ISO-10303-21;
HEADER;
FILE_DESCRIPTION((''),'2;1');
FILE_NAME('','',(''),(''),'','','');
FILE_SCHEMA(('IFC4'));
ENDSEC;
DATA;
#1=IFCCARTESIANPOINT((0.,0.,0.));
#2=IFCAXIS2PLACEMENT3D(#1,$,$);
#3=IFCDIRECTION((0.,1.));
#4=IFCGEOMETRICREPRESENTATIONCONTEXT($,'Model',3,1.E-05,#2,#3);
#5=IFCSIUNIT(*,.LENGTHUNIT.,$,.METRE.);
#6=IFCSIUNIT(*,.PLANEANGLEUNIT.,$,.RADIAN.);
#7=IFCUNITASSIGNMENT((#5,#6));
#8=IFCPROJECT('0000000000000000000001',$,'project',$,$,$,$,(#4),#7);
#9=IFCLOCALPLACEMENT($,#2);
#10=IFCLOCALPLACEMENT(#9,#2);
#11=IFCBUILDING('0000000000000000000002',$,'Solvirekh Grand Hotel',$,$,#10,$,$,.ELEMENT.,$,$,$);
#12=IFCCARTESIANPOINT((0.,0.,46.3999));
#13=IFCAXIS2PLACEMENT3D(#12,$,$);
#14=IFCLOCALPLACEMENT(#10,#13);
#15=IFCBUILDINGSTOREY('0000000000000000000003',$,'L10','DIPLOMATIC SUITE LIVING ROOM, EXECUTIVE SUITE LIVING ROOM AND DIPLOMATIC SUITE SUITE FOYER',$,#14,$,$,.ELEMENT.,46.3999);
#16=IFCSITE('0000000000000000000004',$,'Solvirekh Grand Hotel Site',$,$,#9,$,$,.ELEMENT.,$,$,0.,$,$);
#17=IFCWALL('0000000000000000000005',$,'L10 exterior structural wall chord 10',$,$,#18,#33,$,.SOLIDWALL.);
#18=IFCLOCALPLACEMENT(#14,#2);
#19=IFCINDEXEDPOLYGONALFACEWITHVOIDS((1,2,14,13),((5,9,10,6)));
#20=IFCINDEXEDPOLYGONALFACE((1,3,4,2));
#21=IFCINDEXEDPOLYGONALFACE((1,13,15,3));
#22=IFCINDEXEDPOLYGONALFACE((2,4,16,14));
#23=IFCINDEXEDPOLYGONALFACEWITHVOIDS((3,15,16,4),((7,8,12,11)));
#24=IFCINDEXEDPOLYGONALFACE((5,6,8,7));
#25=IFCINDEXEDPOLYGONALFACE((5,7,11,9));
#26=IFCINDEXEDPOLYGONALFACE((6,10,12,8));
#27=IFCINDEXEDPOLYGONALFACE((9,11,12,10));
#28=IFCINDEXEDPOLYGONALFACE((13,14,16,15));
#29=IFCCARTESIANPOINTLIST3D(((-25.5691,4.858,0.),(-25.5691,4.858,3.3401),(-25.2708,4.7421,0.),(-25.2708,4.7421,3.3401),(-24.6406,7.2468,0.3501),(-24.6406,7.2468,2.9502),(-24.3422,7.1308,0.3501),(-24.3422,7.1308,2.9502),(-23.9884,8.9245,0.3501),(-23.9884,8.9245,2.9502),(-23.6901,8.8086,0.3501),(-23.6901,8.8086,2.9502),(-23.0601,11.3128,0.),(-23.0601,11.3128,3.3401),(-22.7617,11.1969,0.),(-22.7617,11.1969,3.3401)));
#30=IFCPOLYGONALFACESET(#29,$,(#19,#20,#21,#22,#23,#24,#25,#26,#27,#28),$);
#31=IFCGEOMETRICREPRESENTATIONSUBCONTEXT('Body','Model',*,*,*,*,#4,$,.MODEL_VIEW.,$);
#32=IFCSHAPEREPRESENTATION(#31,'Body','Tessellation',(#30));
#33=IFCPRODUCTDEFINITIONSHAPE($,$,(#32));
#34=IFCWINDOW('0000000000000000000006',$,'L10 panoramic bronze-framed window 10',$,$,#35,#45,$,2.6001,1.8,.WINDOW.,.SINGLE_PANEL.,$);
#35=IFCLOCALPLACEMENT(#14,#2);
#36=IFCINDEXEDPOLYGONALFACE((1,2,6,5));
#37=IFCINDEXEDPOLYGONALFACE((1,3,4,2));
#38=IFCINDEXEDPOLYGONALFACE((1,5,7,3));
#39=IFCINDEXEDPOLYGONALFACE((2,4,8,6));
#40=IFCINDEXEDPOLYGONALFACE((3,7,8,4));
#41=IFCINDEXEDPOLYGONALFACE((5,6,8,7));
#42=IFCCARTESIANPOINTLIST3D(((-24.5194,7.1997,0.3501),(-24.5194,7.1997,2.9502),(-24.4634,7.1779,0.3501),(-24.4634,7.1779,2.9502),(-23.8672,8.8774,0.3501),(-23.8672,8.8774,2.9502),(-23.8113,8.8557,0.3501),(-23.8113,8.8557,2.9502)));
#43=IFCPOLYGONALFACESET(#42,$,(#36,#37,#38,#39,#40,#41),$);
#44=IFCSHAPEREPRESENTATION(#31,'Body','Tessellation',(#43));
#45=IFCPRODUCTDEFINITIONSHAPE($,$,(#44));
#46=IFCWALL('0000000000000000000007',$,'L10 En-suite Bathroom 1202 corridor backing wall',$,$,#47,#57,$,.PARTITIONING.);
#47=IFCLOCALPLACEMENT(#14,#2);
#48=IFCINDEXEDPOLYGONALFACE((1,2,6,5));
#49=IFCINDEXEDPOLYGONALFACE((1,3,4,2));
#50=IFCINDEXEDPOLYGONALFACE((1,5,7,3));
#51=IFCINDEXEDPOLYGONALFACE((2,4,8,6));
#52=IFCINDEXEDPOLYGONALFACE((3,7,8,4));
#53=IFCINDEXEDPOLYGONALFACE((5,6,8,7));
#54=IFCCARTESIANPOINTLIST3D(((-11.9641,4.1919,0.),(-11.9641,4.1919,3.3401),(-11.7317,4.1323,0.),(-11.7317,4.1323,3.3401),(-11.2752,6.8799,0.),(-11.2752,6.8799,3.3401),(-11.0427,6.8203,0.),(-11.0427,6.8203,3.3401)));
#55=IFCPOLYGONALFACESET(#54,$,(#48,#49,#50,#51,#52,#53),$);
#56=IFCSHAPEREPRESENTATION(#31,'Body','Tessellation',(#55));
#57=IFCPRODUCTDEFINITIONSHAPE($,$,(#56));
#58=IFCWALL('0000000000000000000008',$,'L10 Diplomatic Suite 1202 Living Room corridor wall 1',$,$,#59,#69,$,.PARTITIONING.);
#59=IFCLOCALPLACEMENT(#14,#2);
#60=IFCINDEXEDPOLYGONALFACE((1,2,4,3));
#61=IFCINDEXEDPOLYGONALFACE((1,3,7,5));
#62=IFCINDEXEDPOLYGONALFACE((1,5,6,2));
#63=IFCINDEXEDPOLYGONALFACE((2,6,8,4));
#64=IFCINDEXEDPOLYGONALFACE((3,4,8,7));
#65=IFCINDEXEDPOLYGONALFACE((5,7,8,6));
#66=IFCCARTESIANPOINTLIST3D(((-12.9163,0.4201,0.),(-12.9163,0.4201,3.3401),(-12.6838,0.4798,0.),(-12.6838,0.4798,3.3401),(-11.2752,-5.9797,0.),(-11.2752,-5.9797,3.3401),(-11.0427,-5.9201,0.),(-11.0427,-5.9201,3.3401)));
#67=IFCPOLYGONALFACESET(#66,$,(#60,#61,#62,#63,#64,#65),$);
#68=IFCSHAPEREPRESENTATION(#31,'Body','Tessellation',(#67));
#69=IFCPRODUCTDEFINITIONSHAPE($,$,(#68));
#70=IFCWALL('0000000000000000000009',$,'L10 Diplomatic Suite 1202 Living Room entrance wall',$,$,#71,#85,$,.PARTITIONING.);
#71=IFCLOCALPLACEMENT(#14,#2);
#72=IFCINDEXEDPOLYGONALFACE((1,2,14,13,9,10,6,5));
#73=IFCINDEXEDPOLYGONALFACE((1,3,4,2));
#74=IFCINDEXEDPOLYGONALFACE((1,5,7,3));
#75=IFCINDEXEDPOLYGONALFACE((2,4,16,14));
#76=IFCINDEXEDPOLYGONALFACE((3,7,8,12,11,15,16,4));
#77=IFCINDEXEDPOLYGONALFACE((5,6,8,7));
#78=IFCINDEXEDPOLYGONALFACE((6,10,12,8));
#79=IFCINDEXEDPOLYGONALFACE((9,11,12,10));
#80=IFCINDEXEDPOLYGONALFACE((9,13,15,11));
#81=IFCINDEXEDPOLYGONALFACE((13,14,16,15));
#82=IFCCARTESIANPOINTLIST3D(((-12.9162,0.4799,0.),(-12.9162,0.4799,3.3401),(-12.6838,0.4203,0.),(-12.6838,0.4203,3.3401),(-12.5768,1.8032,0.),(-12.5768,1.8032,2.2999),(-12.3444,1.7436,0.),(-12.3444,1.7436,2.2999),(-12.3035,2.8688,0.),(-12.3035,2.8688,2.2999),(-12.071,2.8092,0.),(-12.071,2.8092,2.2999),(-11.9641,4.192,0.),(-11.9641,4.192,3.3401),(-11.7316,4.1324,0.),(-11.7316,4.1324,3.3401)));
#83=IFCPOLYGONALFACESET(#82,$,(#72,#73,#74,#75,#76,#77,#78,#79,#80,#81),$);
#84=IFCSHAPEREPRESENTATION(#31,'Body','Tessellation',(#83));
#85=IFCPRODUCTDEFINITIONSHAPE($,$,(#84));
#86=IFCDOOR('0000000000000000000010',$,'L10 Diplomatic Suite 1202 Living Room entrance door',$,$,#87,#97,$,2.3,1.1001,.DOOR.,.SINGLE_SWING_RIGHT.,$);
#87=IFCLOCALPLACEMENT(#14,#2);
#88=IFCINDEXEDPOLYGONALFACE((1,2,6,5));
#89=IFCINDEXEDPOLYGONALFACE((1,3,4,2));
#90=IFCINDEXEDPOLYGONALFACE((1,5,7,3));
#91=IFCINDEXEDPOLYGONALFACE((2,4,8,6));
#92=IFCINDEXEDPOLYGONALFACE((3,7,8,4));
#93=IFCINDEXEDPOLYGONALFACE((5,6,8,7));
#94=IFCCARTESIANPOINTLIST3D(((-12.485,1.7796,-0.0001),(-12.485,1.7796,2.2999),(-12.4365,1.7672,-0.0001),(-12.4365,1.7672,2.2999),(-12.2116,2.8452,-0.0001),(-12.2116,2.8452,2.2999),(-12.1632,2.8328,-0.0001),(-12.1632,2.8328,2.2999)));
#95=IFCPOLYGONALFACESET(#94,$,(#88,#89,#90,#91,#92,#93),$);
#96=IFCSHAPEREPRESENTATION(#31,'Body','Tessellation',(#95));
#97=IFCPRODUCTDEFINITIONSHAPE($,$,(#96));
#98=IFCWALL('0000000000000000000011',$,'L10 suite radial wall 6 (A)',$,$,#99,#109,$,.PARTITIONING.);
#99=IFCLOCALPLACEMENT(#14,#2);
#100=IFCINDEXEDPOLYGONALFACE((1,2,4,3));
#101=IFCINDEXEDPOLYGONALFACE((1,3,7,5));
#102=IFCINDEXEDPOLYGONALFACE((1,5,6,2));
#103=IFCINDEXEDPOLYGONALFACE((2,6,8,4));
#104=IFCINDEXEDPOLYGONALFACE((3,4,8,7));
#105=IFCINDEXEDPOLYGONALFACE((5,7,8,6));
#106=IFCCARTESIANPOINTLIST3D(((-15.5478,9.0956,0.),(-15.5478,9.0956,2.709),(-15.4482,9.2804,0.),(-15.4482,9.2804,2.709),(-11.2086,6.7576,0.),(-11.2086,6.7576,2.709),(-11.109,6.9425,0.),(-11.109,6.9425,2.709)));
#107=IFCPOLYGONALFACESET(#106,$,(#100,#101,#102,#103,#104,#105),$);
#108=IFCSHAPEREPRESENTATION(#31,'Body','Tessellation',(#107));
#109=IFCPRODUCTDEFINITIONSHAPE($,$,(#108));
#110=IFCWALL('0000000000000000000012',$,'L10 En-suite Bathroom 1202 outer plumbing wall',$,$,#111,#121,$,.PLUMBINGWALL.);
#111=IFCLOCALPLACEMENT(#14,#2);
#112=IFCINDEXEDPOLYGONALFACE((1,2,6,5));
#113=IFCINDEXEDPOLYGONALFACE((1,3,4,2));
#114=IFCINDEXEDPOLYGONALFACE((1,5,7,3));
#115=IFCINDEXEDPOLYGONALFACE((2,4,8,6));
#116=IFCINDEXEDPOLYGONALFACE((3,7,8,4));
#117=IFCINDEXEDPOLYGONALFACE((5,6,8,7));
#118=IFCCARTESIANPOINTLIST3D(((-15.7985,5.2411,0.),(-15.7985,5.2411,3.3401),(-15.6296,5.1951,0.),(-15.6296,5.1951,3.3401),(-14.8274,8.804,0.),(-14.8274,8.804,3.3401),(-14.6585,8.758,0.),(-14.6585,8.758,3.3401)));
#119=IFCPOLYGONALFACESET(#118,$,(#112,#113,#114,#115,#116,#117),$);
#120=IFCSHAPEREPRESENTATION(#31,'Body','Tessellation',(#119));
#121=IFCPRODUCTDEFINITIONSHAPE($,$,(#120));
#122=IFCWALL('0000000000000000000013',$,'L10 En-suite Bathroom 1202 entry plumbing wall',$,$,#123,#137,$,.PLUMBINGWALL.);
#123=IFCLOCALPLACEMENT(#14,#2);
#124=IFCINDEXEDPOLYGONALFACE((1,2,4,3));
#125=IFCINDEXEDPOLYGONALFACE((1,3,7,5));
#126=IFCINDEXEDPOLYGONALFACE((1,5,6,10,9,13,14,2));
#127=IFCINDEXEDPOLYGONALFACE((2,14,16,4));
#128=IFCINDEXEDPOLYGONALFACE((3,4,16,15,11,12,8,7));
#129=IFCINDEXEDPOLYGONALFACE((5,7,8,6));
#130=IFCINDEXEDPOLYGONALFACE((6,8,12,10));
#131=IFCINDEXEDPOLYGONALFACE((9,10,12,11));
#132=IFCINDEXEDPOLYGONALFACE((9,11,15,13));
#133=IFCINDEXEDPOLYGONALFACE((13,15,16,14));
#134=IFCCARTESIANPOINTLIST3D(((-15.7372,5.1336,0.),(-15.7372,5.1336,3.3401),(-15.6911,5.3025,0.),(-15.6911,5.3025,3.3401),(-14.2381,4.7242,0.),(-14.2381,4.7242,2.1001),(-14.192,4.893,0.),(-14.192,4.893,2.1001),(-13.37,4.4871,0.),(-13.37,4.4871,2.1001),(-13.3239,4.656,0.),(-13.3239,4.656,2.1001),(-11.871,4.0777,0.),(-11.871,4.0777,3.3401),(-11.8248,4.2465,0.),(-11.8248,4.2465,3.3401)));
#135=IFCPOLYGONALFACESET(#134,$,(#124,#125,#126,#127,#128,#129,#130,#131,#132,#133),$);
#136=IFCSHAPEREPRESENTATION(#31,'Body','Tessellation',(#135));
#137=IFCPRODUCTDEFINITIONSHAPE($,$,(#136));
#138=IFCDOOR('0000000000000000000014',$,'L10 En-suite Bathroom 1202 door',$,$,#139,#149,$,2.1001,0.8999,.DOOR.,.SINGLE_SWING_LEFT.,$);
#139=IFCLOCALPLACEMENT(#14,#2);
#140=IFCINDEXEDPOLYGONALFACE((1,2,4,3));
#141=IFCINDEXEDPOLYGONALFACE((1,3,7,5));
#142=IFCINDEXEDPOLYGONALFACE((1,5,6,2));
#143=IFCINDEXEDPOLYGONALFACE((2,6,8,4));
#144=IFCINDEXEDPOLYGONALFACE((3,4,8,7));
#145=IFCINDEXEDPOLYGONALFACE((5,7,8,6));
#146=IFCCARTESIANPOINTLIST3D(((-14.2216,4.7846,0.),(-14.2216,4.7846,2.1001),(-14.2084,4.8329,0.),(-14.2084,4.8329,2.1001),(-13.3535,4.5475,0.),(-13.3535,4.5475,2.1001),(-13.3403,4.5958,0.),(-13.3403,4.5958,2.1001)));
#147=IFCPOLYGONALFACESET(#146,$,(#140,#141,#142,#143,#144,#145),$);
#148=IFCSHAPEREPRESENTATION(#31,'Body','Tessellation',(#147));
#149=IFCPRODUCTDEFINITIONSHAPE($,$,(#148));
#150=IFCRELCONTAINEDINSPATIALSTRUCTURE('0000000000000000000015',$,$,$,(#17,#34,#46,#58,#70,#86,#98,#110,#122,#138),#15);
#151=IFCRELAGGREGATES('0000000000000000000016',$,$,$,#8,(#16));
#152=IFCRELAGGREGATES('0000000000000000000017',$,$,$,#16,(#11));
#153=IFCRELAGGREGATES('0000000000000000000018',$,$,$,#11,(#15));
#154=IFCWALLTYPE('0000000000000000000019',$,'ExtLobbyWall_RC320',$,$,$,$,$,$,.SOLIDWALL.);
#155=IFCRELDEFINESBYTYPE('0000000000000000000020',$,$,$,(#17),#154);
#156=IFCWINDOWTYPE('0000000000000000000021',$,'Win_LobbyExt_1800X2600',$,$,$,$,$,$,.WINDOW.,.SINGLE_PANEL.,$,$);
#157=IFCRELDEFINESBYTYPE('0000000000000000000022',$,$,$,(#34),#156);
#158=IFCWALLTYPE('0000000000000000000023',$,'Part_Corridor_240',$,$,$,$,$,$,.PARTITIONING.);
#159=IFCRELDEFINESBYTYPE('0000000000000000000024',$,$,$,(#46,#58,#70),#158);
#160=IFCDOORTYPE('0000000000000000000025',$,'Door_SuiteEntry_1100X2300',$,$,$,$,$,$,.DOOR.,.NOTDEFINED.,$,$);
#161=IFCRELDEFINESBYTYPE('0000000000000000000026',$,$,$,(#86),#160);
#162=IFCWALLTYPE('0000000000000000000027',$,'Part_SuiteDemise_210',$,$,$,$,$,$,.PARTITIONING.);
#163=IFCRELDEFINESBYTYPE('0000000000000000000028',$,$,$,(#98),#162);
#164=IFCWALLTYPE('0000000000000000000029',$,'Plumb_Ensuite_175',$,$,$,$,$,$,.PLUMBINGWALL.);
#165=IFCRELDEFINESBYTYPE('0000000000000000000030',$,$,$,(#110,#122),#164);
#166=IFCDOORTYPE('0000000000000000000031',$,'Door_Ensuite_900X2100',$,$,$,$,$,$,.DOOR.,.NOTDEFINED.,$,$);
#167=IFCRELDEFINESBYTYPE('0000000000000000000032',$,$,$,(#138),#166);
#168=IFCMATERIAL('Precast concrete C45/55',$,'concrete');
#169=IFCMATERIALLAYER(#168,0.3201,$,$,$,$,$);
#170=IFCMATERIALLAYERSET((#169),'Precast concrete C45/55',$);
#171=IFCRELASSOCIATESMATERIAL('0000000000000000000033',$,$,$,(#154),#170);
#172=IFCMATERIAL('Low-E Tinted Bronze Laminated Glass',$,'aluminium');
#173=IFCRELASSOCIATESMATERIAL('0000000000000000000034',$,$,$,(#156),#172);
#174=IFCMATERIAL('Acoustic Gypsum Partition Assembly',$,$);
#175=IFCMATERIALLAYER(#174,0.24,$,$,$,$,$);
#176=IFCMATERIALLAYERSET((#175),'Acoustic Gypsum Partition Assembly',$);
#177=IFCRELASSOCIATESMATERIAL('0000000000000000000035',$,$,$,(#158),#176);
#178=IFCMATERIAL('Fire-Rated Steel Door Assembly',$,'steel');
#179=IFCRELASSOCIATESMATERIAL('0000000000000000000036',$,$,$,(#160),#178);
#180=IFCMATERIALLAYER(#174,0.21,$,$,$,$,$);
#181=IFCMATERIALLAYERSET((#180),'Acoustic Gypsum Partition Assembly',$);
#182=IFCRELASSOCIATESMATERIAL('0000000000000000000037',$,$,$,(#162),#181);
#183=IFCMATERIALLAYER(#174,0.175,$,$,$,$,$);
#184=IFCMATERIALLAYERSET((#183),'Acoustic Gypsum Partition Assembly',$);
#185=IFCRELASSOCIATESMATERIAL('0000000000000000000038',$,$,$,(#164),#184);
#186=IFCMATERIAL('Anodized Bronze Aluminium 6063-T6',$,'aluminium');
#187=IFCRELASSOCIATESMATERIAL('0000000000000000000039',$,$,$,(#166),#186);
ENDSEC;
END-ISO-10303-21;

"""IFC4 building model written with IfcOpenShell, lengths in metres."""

from ifc_helpers import new_model, si_unit, direction, frame, frame_2d, origin, place, context, subcontext, project, spatial, rectangle, extrude, material, layer, layer_set, type_object, element, fill, save


model = new_model("IFC4")

# Units and contexts
model_context = context("Model", 3, precision=1e-05, world=origin(), true_north=direction((0.0, 1.0)))
body_context = subcontext(model_context, "Body", "Model", "MODEL_VIEW")
ifc_project = project(units=[si_unit("LENGTHUNIT", "METRE"), si_unit("PLANEANGLEUNIT", "RADIAN")], contexts=[model_context])

# Site, building, storey
site_placement = place(None, origin())
site = spatial("IfcSite", under=ifc_project, at=site_placement, Name="Solvirekh Grand Hotel Site", CompositionType="ELEMENT", RefElevation=0.0)
building_placement = place(site_placement, origin())
building = spatial("IfcBuilding", under=site, at=building_placement, Name="Solvirekh Grand Hotel", CompositionType="ELEMENT")
storey_placement = place(building_placement, frame((0.0, 0.0, 46.3999)))
storey = spatial("IfcBuildingStorey", under=building, at=storey_placement, Name="L10", Description="DIPLOMATIC SUITE LIVING ROOM, EXECUTIVE SUITE LIVING ROOM AND DIPLOMATIC SUITE SUITE FOYER", CompositionType="ELEMENT", Elevation=46.3999)

# Shared definitions
ifc_material_1 = material(Name="Anodized Bronze Aluminium 6063-T6", Category="aluminium")
ifc_material_2 = material(Name="Low-E Tinted Bronze Laminated Glass", Category="aluminium")

# Wall, opening, window
ifc_material_3 = material(Name="Precast concrete C45/55", Category="concrete")
ifc_layer_1 = layer(ifc_material_3, 0.3201)
ifc_layer_set_1 = layer_set([ifc_layer_1], Name="Precast concrete C45/55")
wall_type_1 = type_object("IfcWallType", Name="ExtLobbyWall_RC320", PredefinedType="SOLIDWALL", material=ifc_layer_set_1)
wall_1_placement = place(storey_placement, frame((-25.4199, 4.8, 0.0), z_axis=(0.0, 0.0, 1.0), x_axis=(0.362298, 0.932062, 0.0)))
wall_1 = element("IfcWall", 1, at=wall_1_placement, inside=storey, type_object=wall_type_1, Name="L10 exterior structural wall chord 10", PredefinedType="SOLIDWALL", context=body_context, shape_type="SweptSolid", body=[
    extrude(rectangle(XDim=6.9253, YDim=0.3201, at=frame_2d((3.4626, 0.0))), origin(), (0.0, 0.0, 1.0), 3.3401),
])
opening_1_placement = place(wall_1_placement, frame((2.563, 0.0, 0.3501)))
opening_1 = element("IfcOpeningElement", 2, at=opening_1_placement, cuts=wall_1, PredefinedType="OPENING", context=body_context, shape_type="SweptSolid", body=[
    extrude(rectangle(XDim=1.8, YDim=2.6001, at=frame_2d((0.8999, 1.3))), frame((0.0, 0.1699, 0.0), z_axis=(0.0, -1.0, 0.0), x_axis=(1.0, 0.0, 0.0)), (0.0, 0.0, 1.0), 0.3401),
])
window_type = type_object("IfcWindowType", Name="Win_LobbyExt_1800X2600", PartitioningType="SINGLE_PANEL", PredefinedType="WINDOW", material=ifc_material_2)
window_placement = place(opening_1_placement, origin())
window = element("IfcWindow", 3, at=window_placement, inside=storey, type_object=window_type, Name="L10 panoramic bronze-framed window 10", OverallHeight=2.6001, OverallWidth=1.8, PartitioningType="SINGLE_PANEL", PredefinedType="WINDOW", context=body_context, shape_type="SweptSolid", body=[
    extrude(rectangle(XDim=1.8, YDim=2.6001, at=frame_2d((0.8999, 1.3))), frame((0.0, 0.03, 0.0), z_axis=(0.0, -1.0, 0.0), x_axis=(1.0, 0.0, 0.0)), (0.0, 0.0, 1.0), 0.0601),
])
fill(opening_1, window)

# Walls
ifc_material_4 = material(Name="Acoustic Gypsum Partition Assembly")
ifc_layer_2 = layer(ifc_material_4, 0.24)
ifc_layer_set_2 = layer_set([ifc_layer_2], Name="Acoustic Gypsum Partition Assembly")
wall_type_2 = type_object("IfcWallType", Name="Part_Corridor_240", PredefinedType="PARTITIONING", material=ifc_layer_set_2)
wall_2_placement = place(storey_placement, frame((-11.1589, 6.8501, 0.0), z_axis=(0.0, 0.0, 1.0), x_axis=(-0.248286, -0.968687, 0.0)))
element("IfcWall", 4, at=wall_2_placement, inside=storey, type_object=wall_type_2, Name="L10 En-suite Bathroom 1202 corridor backing wall", PredefinedType="PARTITIONING", context=body_context, shape_type="SweptSolid", body=[
    extrude(rectangle(XDim=2.7749, YDim=0.24, at=frame_2d((1.3875, 0.0))), origin(), (0.0, 0.0, 1.0), 3.3401),
])
wall_3_placement = place(storey_placement, frame((-12.8, 0.45, 0.0), z_axis=(0.0, 0.0, 1.0), x_axis=(0.248391, -0.96866, 0.0)))
element("IfcWall", 5, at=wall_3_placement, inside=storey, type_object=wall_type_2, Name="L10 Diplomatic Suite 1202 Living Room corridor wall 1", PredefinedType="PARTITIONING", context=body_context, shape_type="SweptSolid", body=[
    extrude(rectangle(XDim=6.6069, YDim=0.24, at=frame_2d((3.3035, 0.0))), origin(), (0.0, 0.0, 1.0), 3.3401),
])

# Wall, opening, door
wall_4_placement = place(storey_placement, frame((-11.8479, 4.1621, 0.0), z_axis=(0.0, 0.0, 1.0), x_axis=(-0.248452, -0.968644, 0.0)))
wall_4 = element("IfcWall", 6, at=wall_4_placement, inside=storey, type_object=wall_type_2, Name="L10 Diplomatic Suite 1202 Living Room entrance wall", PredefinedType="PARTITIONING", context=body_context, shape_type="SweptSolid", body=[
    extrude(rectangle(XDim=3.8323, YDim=0.24, at=frame_2d((1.916, 0.0))), origin(), (0.0, 0.0, 1.0), 3.3401),
])
opening_2_placement = place(wall_4_placement, frame((1.366, 0.0, 0.0)))
opening_2 = element("IfcOpeningElement", 7, at=opening_2_placement, cuts=wall_4, PredefinedType="OPENING", context=body_context, shape_type="SweptSolid", body=[
    extrude(rectangle(XDim=1.1001, YDim=2.3, at=frame_2d((0.55, 1.1499))), frame((0.0, 0.1299, 0.0), z_axis=(0.0, -1.0, 0.0), x_axis=(1.0, 0.0, 0.0)), (0.0, 0.0, 1.0), 0.26),
])
ifc_material_5 = material(Name="Fire-Rated Steel Door Assembly", Category="steel")
door_type_1 = type_object("IfcDoorType", Name="Door_SuiteEntry_1100X2300", OperationType="NOTDEFINED", PredefinedType="DOOR", material=ifc_material_5)
door_1_placement = place(opening_2_placement, origin())
door_1 = element("IfcDoor", 8, at=door_1_placement, inside=storey, type_object=door_type_1, Name="L10 Diplomatic Suite 1202 Living Room entrance door", OperationType="SINGLE_SWING_RIGHT", OverallHeight=2.3, OverallWidth=1.1001, PredefinedType="DOOR", context=body_context, shape_type="SweptSolid", body=[
    extrude(rectangle(XDim=1.1001, YDim=2.3, at=frame_2d((0.55, 1.1499))), frame((0.0, 0.0249, 0.0), z_axis=(0.0, -1.0, 0.0), x_axis=(1.0, 0.0, 0.0)), (0.0, 0.0, 1.0), 0.05),
])
fill(opening_2, door_1)

# Walls
ifc_layer_3 = layer(ifc_material_4, 0.21)
ifc_layer_set_3 = layer_set([ifc_layer_3], Name="Acoustic Gypsum Partition Assembly")
wall_type_3 = type_object("IfcWallType", Name="Part_SuiteDemise_210", PredefinedType="PARTITIONING", material=ifc_layer_set_3)
wall_5_placement = place(storey_placement, frame((-11.1589, 6.8501, 0.0), z_axis=(0.0, 0.0, 1.0), x_axis=(-0.880349, 0.474327, 0.0)))
element("IfcWall", 9, at=wall_5_placement, inside=storey, type_object=wall_type_3, Name="L10 suite radial wall 6 (A)", PredefinedType="PARTITIONING", context=body_context, shape_type="SweptSolid", body=[
    extrude(rectangle(XDim=4.929, YDim=0.21, at=frame_2d((2.4644, 0.0))), origin(), (0.0, 0.0, 1.0), 2.709),
])
ifc_layer_4 = layer(ifc_material_4, 0.175)
ifc_layer_set_4 = layer_set([ifc_layer_4], Name="Acoustic Gypsum Partition Assembly")
wall_type_4 = type_object("IfcWallType", Name="Plumb_Ensuite_175", PredefinedType="PLUMBINGWALL", material=ifc_layer_set_4)
wall_6_placement = place(storey_placement, frame((-14.7429, 8.781, 0.0), z_axis=(0.0, 0.0, 1.0), x_axis=(-0.262983, -0.9648, 0.0)))
element("IfcWall", 10, at=wall_6_placement, inside=storey, type_object=wall_type_4, Name="L10 En-suite Bathroom 1202 outer plumbing wall", PredefinedType="PLUMBINGWALL", context=body_context, shape_type="SweptSolid", body=[
    extrude(rectangle(XDim=3.6929, YDim=0.175, at=frame_2d((1.8464, 0.0))), origin(), (0.0, 0.0, 1.0), 3.3401),
])

# Wall, opening, door
wall_7_placement = place(storey_placement, frame((-11.8479, 4.1621, 0.0), z_axis=(0.0, 0.0, 1.0), x_axis=(-0.96467, 0.263463, 0.0)))
wall_7 = element("IfcWall", 11, at=wall_7_placement, inside=storey, type_object=wall_type_4, Name="L10 En-suite Bathroom 1202 entry plumbing wall", PredefinedType="PLUMBINGWALL", context=body_context, shape_type="SweptSolid", body=[
    extrude(rectangle(XDim=4.0078, YDim=0.175, at=frame_2d((2.0039, 0.0))), origin(), (0.0, 0.0, 1.0), 3.3401),
])
opening_3_placement = place(wall_7_placement, frame((1.554, 0.0, 0.0)))
opening_3 = element("IfcOpeningElement", 12, at=opening_3_placement, cuts=wall_7, PredefinedType="OPENING", context=body_context, shape_type="SweptSolid", body=[
    extrude(rectangle(XDim=0.8999, YDim=2.1001, at=frame_2d((0.45, 1.05))), frame((0.0, 0.0977, 0.0), z_axis=(0.0, -1.0, 0.0), x_axis=(1.0, 0.0, 0.0)), (0.0, 0.0, 1.0), 0.1951),
])
door_type_2 = type_object("IfcDoorType", Name="Door_Ensuite_900X2100", OperationType="NOTDEFINED", PredefinedType="DOOR", material=ifc_material_1)
door_2_placement = place(opening_3_placement, origin())
door_2 = element("IfcDoor", 13, at=door_2_placement, inside=storey, type_object=door_type_2, Name="L10 En-suite Bathroom 1202 door", OperationType="SINGLE_SWING_LEFT", OverallHeight=2.1001, OverallWidth=0.8999, PredefinedType="DOOR", context=body_context, shape_type="SweptSolid", body=[
    extrude(rectangle(XDim=0.8999, YDim=2.1001, at=frame_2d((0.45, 1.05))), frame((0.0, 0.0249, 0.0), z_axis=(0.0, -1.0, 0.0), x_axis=(1.0, 0.0, 0.0)), (0.0, 0.0, 1.0), 0.05),
])
fill(opening_3, door_2)

save(model, "model.ifc")
